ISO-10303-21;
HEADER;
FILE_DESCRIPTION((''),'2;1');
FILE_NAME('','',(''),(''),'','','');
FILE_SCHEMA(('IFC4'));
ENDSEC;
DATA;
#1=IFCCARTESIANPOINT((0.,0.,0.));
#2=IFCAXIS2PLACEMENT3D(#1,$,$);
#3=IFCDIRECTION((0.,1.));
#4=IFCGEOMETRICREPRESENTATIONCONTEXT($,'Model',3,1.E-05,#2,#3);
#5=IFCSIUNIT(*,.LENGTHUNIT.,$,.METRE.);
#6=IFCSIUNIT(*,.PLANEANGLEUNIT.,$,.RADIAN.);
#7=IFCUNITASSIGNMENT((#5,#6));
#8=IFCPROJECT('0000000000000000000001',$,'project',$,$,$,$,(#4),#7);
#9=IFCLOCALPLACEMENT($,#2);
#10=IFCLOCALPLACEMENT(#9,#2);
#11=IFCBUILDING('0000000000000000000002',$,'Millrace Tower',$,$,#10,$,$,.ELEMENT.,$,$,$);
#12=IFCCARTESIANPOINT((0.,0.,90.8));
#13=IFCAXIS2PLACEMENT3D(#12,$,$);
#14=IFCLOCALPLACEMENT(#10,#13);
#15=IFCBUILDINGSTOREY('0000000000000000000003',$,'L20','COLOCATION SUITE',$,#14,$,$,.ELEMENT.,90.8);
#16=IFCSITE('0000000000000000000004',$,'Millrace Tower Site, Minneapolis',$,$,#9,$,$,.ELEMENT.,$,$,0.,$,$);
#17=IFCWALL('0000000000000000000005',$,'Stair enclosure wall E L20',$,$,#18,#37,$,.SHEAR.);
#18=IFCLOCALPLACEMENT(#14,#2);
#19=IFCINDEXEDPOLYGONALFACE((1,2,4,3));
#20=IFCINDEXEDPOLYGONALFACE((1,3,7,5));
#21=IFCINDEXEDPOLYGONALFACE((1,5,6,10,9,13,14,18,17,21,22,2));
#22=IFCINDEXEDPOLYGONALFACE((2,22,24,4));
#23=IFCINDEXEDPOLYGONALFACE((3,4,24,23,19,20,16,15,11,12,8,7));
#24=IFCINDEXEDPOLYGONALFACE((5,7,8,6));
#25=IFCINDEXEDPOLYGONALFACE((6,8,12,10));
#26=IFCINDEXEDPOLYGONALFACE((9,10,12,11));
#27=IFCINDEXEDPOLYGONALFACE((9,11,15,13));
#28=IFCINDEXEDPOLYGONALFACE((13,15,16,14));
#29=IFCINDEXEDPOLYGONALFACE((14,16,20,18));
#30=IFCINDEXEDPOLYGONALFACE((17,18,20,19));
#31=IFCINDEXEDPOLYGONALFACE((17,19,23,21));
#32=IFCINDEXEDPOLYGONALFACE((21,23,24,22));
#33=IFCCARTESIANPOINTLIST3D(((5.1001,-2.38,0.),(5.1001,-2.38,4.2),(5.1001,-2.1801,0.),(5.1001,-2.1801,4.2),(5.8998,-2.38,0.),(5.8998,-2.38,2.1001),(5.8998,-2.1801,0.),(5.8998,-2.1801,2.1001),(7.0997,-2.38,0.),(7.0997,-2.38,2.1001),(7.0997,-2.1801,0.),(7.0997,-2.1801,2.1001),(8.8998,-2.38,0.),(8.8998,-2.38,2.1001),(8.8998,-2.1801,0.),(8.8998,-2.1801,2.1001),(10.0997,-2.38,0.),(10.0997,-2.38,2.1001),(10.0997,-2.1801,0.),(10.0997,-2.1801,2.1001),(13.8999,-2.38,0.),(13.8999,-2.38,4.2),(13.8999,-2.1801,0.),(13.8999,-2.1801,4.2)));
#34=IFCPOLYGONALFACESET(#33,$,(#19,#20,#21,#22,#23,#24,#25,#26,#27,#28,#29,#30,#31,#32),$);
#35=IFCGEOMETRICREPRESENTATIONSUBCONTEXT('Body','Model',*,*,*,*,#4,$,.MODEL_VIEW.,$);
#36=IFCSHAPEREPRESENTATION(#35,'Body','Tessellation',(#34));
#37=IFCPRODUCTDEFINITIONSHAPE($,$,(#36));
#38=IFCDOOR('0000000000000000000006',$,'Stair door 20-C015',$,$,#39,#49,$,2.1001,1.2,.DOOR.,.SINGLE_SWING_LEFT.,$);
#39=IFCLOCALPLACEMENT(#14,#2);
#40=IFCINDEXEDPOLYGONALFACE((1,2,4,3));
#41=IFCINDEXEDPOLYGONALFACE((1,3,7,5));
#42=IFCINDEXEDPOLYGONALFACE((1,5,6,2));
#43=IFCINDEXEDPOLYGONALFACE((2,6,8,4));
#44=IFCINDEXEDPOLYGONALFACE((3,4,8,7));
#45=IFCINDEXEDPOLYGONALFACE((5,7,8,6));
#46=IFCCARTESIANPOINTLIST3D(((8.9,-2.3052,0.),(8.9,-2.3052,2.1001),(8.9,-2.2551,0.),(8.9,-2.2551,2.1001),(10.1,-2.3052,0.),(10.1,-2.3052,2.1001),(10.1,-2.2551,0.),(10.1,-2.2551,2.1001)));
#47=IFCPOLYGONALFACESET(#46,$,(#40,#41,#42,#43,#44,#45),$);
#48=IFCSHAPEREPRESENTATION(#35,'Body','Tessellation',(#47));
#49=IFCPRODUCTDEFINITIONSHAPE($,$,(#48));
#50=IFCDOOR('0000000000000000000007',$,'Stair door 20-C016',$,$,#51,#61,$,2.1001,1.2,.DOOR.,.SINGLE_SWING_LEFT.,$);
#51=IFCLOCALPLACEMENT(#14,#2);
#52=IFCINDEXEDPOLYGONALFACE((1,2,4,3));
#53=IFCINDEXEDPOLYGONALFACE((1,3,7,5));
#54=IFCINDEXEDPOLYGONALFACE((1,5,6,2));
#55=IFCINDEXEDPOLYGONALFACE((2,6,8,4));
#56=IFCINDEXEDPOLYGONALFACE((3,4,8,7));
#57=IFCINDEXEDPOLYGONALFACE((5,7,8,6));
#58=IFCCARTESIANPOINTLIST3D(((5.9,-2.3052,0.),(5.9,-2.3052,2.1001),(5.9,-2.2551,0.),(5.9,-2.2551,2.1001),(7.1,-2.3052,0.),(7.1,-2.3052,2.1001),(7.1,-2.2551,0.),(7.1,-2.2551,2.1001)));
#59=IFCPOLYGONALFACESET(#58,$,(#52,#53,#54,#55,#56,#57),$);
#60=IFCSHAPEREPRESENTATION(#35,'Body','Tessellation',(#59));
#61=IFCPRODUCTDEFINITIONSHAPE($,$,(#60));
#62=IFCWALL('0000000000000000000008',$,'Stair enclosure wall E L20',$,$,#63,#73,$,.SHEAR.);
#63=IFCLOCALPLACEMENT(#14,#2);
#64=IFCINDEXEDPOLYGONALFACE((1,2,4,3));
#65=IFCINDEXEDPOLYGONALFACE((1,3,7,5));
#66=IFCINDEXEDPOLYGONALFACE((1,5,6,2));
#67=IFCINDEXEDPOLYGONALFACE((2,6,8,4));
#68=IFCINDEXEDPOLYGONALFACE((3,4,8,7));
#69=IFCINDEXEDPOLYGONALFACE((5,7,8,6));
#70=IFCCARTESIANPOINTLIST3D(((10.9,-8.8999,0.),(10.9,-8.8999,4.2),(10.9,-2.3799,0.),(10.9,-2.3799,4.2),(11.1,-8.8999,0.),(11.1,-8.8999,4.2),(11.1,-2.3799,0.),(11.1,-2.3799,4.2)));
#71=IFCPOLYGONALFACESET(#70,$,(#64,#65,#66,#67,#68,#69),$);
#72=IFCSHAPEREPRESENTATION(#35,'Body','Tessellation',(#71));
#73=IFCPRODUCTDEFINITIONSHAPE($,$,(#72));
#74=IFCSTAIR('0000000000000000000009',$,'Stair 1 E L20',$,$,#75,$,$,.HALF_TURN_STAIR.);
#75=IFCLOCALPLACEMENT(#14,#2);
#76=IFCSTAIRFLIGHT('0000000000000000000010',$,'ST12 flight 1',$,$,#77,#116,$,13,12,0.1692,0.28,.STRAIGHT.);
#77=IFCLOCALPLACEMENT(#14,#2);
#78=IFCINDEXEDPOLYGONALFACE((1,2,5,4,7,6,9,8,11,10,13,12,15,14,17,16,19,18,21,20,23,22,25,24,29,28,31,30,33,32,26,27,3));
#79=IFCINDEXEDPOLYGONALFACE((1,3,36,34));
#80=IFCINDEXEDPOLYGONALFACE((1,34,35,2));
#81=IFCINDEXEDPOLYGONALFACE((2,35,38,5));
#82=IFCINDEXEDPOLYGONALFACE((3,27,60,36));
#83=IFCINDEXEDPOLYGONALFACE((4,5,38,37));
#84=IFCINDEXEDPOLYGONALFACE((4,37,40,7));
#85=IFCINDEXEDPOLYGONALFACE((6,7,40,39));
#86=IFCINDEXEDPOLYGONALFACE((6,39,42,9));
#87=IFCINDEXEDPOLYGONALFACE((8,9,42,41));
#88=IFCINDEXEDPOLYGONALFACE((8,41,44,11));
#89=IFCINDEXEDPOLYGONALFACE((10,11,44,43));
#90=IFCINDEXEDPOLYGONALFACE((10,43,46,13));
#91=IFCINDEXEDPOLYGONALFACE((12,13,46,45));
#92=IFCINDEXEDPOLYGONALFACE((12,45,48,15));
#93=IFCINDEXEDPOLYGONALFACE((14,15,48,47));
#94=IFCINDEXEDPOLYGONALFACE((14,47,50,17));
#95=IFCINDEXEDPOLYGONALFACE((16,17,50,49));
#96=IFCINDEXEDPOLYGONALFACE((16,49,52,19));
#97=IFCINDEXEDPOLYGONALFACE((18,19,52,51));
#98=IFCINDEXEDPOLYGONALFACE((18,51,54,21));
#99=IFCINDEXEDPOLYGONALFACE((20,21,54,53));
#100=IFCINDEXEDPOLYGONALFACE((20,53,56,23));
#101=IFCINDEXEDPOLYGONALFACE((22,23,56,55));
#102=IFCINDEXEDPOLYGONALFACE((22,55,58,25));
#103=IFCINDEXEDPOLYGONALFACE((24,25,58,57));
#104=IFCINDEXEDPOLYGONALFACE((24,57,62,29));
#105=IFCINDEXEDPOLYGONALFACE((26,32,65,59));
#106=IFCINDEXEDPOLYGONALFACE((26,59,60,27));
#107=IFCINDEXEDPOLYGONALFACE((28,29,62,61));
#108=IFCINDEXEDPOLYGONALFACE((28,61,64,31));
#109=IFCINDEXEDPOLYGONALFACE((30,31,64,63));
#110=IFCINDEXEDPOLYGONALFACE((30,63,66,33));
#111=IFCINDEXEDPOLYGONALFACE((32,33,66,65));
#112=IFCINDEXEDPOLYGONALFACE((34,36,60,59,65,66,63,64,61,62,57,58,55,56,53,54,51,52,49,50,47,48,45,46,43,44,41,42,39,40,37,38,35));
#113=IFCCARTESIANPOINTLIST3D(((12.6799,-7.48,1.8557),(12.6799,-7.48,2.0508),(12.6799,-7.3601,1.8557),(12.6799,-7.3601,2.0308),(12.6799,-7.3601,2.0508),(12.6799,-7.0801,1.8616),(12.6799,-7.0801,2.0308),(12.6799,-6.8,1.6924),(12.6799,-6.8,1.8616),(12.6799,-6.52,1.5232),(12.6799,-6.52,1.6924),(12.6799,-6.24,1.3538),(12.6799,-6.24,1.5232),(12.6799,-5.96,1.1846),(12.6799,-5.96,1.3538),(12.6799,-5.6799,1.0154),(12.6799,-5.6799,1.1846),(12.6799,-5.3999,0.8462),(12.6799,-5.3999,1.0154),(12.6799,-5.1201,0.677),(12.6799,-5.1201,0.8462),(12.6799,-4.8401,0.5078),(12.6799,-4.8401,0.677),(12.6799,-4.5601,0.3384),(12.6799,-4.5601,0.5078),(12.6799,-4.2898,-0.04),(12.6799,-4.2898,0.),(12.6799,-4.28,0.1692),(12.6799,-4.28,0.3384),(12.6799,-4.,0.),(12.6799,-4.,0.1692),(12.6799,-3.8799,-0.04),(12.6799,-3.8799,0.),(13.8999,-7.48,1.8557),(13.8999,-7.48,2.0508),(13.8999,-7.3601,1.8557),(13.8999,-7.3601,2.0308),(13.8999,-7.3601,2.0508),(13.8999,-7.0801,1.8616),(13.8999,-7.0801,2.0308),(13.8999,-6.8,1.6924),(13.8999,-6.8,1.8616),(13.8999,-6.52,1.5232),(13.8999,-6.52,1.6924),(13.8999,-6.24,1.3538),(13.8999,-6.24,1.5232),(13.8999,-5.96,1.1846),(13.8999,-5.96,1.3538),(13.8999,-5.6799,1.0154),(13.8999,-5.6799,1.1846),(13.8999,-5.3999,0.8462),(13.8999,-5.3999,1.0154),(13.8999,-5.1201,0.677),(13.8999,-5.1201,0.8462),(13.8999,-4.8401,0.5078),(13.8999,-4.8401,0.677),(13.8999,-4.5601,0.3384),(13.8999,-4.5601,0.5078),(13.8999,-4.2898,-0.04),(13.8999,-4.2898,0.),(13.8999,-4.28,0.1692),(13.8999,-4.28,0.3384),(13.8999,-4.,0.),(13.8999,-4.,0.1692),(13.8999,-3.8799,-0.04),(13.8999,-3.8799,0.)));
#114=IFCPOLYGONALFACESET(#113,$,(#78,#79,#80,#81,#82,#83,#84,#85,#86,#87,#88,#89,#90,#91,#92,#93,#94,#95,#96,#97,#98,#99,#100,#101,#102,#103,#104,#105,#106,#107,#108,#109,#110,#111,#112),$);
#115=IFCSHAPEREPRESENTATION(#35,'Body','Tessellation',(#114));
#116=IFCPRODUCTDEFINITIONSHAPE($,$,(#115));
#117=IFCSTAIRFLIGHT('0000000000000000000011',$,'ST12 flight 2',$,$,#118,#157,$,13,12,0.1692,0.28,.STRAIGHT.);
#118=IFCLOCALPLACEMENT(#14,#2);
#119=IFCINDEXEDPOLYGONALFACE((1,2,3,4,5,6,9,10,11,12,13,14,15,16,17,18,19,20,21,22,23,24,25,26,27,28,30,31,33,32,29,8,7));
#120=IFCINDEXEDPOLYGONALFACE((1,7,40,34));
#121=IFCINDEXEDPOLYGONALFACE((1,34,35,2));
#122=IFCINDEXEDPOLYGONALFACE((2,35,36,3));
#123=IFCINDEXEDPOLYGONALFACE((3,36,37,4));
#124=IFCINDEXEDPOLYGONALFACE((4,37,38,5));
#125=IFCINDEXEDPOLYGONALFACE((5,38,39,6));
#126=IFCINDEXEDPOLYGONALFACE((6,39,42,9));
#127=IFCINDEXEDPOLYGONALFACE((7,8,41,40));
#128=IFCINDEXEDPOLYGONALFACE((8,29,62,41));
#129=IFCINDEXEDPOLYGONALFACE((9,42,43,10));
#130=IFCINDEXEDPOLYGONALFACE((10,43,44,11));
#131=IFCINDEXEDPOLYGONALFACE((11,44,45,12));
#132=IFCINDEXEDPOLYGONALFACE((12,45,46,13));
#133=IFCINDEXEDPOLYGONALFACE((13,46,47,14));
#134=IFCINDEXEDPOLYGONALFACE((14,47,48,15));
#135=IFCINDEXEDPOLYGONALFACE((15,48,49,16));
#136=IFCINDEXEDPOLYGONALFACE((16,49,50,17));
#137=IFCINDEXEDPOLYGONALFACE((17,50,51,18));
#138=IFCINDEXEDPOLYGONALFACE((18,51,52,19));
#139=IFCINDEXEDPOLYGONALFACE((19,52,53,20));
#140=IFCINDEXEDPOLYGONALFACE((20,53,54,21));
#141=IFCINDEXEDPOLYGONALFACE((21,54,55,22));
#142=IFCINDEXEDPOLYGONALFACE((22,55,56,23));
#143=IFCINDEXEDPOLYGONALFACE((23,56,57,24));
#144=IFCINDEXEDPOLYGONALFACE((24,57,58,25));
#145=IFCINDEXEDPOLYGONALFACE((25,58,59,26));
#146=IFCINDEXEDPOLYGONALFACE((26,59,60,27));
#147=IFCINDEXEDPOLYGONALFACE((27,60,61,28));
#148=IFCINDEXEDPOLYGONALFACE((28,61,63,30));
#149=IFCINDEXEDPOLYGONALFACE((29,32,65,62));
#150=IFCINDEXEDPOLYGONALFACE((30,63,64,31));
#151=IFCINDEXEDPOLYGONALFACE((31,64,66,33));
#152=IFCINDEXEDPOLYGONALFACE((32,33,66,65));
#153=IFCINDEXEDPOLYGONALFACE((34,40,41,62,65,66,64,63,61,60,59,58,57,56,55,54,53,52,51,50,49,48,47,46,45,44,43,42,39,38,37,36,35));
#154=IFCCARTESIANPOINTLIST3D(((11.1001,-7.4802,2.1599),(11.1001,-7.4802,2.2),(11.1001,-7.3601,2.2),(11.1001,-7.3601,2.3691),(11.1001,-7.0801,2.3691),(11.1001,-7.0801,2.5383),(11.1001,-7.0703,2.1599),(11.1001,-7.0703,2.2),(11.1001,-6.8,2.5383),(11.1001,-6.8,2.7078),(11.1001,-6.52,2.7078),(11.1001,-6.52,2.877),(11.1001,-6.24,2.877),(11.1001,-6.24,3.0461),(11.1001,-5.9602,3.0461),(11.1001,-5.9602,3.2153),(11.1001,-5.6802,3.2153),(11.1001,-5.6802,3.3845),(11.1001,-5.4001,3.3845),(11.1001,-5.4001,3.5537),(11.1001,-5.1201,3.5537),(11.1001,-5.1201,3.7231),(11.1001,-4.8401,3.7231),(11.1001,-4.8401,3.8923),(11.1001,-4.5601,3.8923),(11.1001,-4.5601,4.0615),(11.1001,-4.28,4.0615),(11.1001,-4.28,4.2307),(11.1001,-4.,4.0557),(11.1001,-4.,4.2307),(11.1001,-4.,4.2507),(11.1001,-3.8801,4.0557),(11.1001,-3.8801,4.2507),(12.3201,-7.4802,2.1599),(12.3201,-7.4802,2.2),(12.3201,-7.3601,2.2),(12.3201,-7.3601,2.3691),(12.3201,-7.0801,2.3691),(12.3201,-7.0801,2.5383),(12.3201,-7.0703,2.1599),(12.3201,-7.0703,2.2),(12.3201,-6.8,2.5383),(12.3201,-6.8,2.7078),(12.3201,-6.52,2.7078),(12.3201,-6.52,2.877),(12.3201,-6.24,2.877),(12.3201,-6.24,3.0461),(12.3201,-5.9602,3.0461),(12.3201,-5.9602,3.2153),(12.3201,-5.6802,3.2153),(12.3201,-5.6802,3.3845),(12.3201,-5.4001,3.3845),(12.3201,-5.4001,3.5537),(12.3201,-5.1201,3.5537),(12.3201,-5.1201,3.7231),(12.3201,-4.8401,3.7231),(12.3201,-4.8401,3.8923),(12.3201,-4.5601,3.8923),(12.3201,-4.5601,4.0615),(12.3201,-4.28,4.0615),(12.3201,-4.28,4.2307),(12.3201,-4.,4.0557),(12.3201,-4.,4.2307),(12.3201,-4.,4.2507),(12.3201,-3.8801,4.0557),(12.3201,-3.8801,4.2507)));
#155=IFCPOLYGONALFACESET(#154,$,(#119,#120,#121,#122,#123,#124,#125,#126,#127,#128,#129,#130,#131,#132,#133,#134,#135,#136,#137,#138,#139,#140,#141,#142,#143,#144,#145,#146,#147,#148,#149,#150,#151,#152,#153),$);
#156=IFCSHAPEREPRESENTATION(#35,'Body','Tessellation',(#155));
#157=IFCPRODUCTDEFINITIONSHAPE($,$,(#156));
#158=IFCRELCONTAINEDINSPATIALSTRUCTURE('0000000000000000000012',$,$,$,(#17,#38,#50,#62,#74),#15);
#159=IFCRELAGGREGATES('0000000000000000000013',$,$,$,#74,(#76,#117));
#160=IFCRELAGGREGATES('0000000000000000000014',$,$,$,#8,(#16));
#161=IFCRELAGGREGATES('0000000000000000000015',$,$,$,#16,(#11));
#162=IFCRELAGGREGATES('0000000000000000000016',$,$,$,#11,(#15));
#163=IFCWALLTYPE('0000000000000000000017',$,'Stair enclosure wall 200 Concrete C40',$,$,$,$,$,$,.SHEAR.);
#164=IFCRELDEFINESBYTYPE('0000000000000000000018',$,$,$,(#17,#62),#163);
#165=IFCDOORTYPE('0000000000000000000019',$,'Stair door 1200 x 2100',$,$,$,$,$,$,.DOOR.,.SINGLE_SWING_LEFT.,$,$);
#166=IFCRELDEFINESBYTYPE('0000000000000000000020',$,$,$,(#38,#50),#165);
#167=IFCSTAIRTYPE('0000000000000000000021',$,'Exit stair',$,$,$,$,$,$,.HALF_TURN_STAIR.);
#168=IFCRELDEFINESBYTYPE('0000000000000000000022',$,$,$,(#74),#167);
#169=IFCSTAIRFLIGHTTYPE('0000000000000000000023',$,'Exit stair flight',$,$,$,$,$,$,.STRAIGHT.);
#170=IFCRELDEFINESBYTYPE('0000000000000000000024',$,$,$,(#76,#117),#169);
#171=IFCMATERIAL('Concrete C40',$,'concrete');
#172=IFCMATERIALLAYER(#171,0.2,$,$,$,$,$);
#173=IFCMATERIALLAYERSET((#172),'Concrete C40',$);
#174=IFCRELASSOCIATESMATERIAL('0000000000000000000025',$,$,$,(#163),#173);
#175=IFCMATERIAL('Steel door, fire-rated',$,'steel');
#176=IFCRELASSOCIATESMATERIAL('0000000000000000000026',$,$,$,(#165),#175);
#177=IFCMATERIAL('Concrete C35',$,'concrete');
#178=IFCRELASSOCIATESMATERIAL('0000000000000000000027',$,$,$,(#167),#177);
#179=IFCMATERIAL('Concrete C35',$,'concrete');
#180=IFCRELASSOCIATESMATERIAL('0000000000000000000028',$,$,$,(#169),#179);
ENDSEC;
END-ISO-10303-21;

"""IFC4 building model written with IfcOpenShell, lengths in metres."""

from ifc_helpers import new_model, si_unit, direction, frame, frame_2d, origin, place, context, subcontext, project, spatial, polyline, rectangle, outline, extrude, material, layer, layer_set, type_object, element, fill, aggregate, save


model = new_model("IFC4")

# Units and contexts
model_context = context("Model", 3, precision=1e-05, world=origin(), true_north=direction((0.0, 1.0)))
body_context = subcontext(model_context, "Body", "Model", "MODEL_VIEW")
ifc_project = project(units=[si_unit("LENGTHUNIT", "METRE"), si_unit("PLANEANGLEUNIT", "RADIAN")], contexts=[model_context])

# Site, building, storey
site_placement = place(None, origin())
site = spatial("IfcSite", under=ifc_project, at=site_placement, Name="Millrace Tower Site, Minneapolis", CompositionType="ELEMENT", RefElevation=0.0)
building_placement = place(site_placement, origin())
building = spatial("IfcBuilding", under=site, at=building_placement, Name="Millrace Tower", CompositionType="ELEMENT")
storey_placement = place(building_placement, frame((0.0, 0.0, 90.8)))
storey = spatial("IfcBuildingStorey", under=building, at=storey_placement, Name="L20", Description="COLOCATION SUITE", CompositionType="ELEMENT", Elevation=90.8)

# Shared definitions
placement = place(storey_placement, origin())

# Shared definitions
ifc_material_1 = material(Name="Concrete C40", Category="concrete")
ifc_layer_1 = layer(ifc_material_1, 0.2)
ifc_layer_set_1 = layer_set([ifc_layer_1], Name="Concrete C40")
wall_type_1 = type_object("IfcWallType", Name="Stair enclosure wall 200 Concrete C40", PredefinedType="SHEAR", material=ifc_layer_set_1)

# Wall, openings, doors
wall_1_placement = place(storey_placement, frame((13.8999, -2.28, 0.0), z_axis=(0.0, 0.0, 1.0), x_axis=(-1.0, 0.0, 0.0)))
wall_1 = element("IfcWall", 1, at=wall_1_placement, inside=storey, type_object=wall_type_1, Name="Stair enclosure wall E L20", PredefinedType="SHEAR", context=body_context, shape_type="SweptSolid", body=[
    extrude(rectangle(XDim=8.7998, YDim=0.2, at=frame_2d((4.3999, 0.0))), origin(), (0.0, 0.0, 1.0), 4.2),
])
opening_1_placement = place(wall_1_placement, frame((3.8, 0.0, 0.0)))
opening_1 = element("IfcOpeningElement", 2, at=opening_1_placement, cuts=wall_1, PredefinedType="OPENING", context=body_context, shape_type="SweptSolid", body=[
    extrude(rectangle(XDim=1.2, YDim=2.1001, at=frame_2d((0.6001, 1.05))), frame((0.0, 0.1099, 0.0), z_axis=(0.0, -1.0, 0.0), x_axis=(1.0, 0.0, 0.0)), (0.0, 0.0, 1.0), 0.22),
])
opening_2_placement = place(wall_1_placement, frame((6.8, 0.0, 0.0)))
opening_2 = element("IfcOpeningElement", 3, at=opening_2_placement, cuts=wall_1, PredefinedType="OPENING", context=body_context, shape_type="SweptSolid", body=[
    extrude(rectangle(XDim=1.2, YDim=2.1001, at=frame_2d((0.6001, 1.05))), frame((0.0, 0.1099, 0.0), z_axis=(0.0, -1.0, 0.0), x_axis=(1.0, 0.0, 0.0)), (0.0, 0.0, 1.0), 0.22),
])
ifc_material_2 = material(Name="Steel door, fire-rated", Category="steel")
door_type_1 = type_object("IfcDoorType", Name="Stair door 1200 x 2100", OperationType="SINGLE_SWING_LEFT", PredefinedType="DOOR", material=ifc_material_2)
door_1_placement = place(opening_1_placement, frame((1.2, 0.0, 0.0), z_axis=(0.0, 0.0, 1.0), x_axis=(-1.0, 0.0, 0.0)))
door_1 = element("IfcDoor", 4, at=door_1_placement, inside=storey, type_object=door_type_1, Name="Stair door 20-C015", OperationType="SINGLE_SWING_LEFT", OverallHeight=2.1001, OverallWidth=1.2, PredefinedType="DOOR", context=body_context, shape_type="SweptSolid", body=[
    extrude(rectangle(XDim=1.2, YDim=2.1001, at=frame_2d((0.6001, 1.05))), frame((0.0, 0.0249, 0.0), z_axis=(0.0, -1.0, 0.0), x_axis=(1.0, 0.0, 0.0)), (0.0, 0.0, 1.0), 0.05),
])
fill(opening_1, door_1)
door_2_placement = place(opening_2_placement, frame((1.2, 0.0, 0.0), z_axis=(0.0, 0.0, 1.0), x_axis=(-1.0, 0.0, 0.0)))
door_2 = element("IfcDoor", 5, at=door_2_placement, inside=storey, type_object=door_type_1, Name="Stair door 20-C016", OperationType="SINGLE_SWING_LEFT", OverallHeight=2.1001, OverallWidth=1.2, PredefinedType="DOOR", context=body_context, shape_type="SweptSolid", body=[
    extrude(rectangle(XDim=1.2, YDim=2.1001, at=frame_2d((0.6001, 1.05))), frame((0.0, 0.0249, 0.0), z_axis=(0.0, -1.0, 0.0), x_axis=(1.0, 0.0, 0.0)), (0.0, 0.0, 1.0), 0.05),
])
fill(opening_2, door_2)

# Wall
wall_2_placement = place(storey_placement, frame((11.0, -2.3799, 0.0), z_axis=(0.0, 0.0, 1.0), x_axis=(0.0, -1.0, 0.0)))
element("IfcWall", 6, at=wall_2_placement, inside=storey, type_object=wall_type_1, Name="Stair enclosure wall E L20", PredefinedType="SHEAR", context=body_context, shape_type="SweptSolid", body=[
    extrude(rectangle(XDim=6.52, YDim=0.2, at=frame_2d((3.26, 0.0))), origin(), (0.0, 0.0, 1.0), 4.2),
])

# Stair, stair flights
ifc_material_3 = material(Name="Concrete C35", Category="concrete")
stair_type = type_object("IfcStairType", Name="Exit stair", PredefinedType="HALF_TURN_STAIR", material=ifc_material_3)
stair = element("IfcStair", 7, at=placement, inside=storey, type_object=stair_type, Name="Stair 1 E L20", PredefinedType="HALF_TURN_STAIR")
ifc_material_4 = material(Name="Concrete C35", Category="concrete")
stair_flight_type = type_object("IfcStairFlightType", Name="Exit stair flight", PredefinedType="STRAIGHT", material=ifc_material_4)
stair_flight_1_placement = place(storey_placement, frame((13.29, -4.0, 0.0), z_axis=(0.0, 0.0, 1.0), x_axis=(0.0, -1.0, 0.0)))
stair_flight_1 = element("IfcStairFlight", 8, at=stair_flight_1_placement, type_object=stair_flight_type, Name="ST12 flight 1", NumberOfRisers=13, NumberOfTreads=12, PredefinedType="STRAIGHT", RiserHeight=0.1692, TreadLength=0.28, context=body_context, shape_type="SweptSolid", body=[
    extrude(outline(polyline([(-0.1201, -0.04), (-0.1201, 0.0), (0.0, 0.0), (0.0, 0.1692), (0.28, 0.1692), (0.28, 0.3384), (0.5601, 0.3384), (0.5601, 0.5078), (0.8401, 0.5078), (0.8401, 0.677), (1.1201, 0.677), (1.1201, 0.8462), (1.3999, 0.8462), (1.3999, 1.0154), (1.6799, 1.0154), (1.6799, 1.1846), (1.96, 1.1846), (1.96, 1.3538), (2.24, 1.3538), (2.24, 1.5232), (2.52, 1.5232), (2.52, 1.6924), (2.8, 1.6924), (2.8, 1.8616), (3.0801, 1.8616), (3.0801, 2.0308), (3.3601, 2.0308), (3.3601, 2.0508), (3.48, 2.0508), (3.48, 1.8557), (3.3601, 1.8557), (0.2898, 0.0), (0.2898, -0.04), (-0.1201, -0.04)])), frame((0.0, 0.6099, 0.0), z_axis=(0.0, -1.0, 0.0), x_axis=(1.0, 0.0, 0.0)), (0.0, 0.0, 1.0), 1.22),
])
stair_flight_2_placement = place(storey_placement, frame((11.71, -7.3601, 2.2), z_axis=(0.0, 0.0, 1.0), x_axis=(0.0, 1.0, 0.0)))
stair_flight_2 = element("IfcStairFlight", 9, at=stair_flight_2_placement, type_object=stair_flight_type, Name="ST12 flight 2", NumberOfRisers=13, NumberOfTreads=12, PredefinedType="STRAIGHT", RiserHeight=0.1692, TreadLength=0.28, context=body_context, shape_type="SweptSolid", body=[
    extrude(outline(polyline([(-0.1201, -0.04), (-0.1201, 0.0), (0.0, 0.0), (0.0, 0.1692), (0.28, 0.1692), (0.28, 0.3384), (0.5601, 0.3384), (0.5601, 0.5078), (0.8401, 0.5078), (0.8401, 0.677), (1.1201, 0.677), (1.1201, 0.8462), (1.3999, 0.8462), (1.3999, 1.0154), (1.6799, 1.0154), (1.6799, 1.1846), (1.96, 1.1846), (1.96, 1.3538), (2.24, 1.3538), (2.24, 1.5232), (2.52, 1.5232), (2.52, 1.6924), (2.8, 1.6924), (2.8, 1.8616), (3.0801, 1.8616), (3.0801, 2.0308), (3.3601, 2.0308), (3.3601, 2.0508), (3.48, 2.0508), (3.48, 1.8557), (3.3601, 1.8557), (0.2898, 0.0), (0.2898, -0.04), (-0.1201, -0.04)])), frame((0.0, 0.6099, 0.0), z_axis=(0.0, -1.0, 0.0), x_axis=(1.0, 0.0, 0.0)), (0.0, 0.0, 1.0), 1.22),
])
aggregate(stair, [stair_flight_1, stair_flight_2])

save(model, "model.ifc")
